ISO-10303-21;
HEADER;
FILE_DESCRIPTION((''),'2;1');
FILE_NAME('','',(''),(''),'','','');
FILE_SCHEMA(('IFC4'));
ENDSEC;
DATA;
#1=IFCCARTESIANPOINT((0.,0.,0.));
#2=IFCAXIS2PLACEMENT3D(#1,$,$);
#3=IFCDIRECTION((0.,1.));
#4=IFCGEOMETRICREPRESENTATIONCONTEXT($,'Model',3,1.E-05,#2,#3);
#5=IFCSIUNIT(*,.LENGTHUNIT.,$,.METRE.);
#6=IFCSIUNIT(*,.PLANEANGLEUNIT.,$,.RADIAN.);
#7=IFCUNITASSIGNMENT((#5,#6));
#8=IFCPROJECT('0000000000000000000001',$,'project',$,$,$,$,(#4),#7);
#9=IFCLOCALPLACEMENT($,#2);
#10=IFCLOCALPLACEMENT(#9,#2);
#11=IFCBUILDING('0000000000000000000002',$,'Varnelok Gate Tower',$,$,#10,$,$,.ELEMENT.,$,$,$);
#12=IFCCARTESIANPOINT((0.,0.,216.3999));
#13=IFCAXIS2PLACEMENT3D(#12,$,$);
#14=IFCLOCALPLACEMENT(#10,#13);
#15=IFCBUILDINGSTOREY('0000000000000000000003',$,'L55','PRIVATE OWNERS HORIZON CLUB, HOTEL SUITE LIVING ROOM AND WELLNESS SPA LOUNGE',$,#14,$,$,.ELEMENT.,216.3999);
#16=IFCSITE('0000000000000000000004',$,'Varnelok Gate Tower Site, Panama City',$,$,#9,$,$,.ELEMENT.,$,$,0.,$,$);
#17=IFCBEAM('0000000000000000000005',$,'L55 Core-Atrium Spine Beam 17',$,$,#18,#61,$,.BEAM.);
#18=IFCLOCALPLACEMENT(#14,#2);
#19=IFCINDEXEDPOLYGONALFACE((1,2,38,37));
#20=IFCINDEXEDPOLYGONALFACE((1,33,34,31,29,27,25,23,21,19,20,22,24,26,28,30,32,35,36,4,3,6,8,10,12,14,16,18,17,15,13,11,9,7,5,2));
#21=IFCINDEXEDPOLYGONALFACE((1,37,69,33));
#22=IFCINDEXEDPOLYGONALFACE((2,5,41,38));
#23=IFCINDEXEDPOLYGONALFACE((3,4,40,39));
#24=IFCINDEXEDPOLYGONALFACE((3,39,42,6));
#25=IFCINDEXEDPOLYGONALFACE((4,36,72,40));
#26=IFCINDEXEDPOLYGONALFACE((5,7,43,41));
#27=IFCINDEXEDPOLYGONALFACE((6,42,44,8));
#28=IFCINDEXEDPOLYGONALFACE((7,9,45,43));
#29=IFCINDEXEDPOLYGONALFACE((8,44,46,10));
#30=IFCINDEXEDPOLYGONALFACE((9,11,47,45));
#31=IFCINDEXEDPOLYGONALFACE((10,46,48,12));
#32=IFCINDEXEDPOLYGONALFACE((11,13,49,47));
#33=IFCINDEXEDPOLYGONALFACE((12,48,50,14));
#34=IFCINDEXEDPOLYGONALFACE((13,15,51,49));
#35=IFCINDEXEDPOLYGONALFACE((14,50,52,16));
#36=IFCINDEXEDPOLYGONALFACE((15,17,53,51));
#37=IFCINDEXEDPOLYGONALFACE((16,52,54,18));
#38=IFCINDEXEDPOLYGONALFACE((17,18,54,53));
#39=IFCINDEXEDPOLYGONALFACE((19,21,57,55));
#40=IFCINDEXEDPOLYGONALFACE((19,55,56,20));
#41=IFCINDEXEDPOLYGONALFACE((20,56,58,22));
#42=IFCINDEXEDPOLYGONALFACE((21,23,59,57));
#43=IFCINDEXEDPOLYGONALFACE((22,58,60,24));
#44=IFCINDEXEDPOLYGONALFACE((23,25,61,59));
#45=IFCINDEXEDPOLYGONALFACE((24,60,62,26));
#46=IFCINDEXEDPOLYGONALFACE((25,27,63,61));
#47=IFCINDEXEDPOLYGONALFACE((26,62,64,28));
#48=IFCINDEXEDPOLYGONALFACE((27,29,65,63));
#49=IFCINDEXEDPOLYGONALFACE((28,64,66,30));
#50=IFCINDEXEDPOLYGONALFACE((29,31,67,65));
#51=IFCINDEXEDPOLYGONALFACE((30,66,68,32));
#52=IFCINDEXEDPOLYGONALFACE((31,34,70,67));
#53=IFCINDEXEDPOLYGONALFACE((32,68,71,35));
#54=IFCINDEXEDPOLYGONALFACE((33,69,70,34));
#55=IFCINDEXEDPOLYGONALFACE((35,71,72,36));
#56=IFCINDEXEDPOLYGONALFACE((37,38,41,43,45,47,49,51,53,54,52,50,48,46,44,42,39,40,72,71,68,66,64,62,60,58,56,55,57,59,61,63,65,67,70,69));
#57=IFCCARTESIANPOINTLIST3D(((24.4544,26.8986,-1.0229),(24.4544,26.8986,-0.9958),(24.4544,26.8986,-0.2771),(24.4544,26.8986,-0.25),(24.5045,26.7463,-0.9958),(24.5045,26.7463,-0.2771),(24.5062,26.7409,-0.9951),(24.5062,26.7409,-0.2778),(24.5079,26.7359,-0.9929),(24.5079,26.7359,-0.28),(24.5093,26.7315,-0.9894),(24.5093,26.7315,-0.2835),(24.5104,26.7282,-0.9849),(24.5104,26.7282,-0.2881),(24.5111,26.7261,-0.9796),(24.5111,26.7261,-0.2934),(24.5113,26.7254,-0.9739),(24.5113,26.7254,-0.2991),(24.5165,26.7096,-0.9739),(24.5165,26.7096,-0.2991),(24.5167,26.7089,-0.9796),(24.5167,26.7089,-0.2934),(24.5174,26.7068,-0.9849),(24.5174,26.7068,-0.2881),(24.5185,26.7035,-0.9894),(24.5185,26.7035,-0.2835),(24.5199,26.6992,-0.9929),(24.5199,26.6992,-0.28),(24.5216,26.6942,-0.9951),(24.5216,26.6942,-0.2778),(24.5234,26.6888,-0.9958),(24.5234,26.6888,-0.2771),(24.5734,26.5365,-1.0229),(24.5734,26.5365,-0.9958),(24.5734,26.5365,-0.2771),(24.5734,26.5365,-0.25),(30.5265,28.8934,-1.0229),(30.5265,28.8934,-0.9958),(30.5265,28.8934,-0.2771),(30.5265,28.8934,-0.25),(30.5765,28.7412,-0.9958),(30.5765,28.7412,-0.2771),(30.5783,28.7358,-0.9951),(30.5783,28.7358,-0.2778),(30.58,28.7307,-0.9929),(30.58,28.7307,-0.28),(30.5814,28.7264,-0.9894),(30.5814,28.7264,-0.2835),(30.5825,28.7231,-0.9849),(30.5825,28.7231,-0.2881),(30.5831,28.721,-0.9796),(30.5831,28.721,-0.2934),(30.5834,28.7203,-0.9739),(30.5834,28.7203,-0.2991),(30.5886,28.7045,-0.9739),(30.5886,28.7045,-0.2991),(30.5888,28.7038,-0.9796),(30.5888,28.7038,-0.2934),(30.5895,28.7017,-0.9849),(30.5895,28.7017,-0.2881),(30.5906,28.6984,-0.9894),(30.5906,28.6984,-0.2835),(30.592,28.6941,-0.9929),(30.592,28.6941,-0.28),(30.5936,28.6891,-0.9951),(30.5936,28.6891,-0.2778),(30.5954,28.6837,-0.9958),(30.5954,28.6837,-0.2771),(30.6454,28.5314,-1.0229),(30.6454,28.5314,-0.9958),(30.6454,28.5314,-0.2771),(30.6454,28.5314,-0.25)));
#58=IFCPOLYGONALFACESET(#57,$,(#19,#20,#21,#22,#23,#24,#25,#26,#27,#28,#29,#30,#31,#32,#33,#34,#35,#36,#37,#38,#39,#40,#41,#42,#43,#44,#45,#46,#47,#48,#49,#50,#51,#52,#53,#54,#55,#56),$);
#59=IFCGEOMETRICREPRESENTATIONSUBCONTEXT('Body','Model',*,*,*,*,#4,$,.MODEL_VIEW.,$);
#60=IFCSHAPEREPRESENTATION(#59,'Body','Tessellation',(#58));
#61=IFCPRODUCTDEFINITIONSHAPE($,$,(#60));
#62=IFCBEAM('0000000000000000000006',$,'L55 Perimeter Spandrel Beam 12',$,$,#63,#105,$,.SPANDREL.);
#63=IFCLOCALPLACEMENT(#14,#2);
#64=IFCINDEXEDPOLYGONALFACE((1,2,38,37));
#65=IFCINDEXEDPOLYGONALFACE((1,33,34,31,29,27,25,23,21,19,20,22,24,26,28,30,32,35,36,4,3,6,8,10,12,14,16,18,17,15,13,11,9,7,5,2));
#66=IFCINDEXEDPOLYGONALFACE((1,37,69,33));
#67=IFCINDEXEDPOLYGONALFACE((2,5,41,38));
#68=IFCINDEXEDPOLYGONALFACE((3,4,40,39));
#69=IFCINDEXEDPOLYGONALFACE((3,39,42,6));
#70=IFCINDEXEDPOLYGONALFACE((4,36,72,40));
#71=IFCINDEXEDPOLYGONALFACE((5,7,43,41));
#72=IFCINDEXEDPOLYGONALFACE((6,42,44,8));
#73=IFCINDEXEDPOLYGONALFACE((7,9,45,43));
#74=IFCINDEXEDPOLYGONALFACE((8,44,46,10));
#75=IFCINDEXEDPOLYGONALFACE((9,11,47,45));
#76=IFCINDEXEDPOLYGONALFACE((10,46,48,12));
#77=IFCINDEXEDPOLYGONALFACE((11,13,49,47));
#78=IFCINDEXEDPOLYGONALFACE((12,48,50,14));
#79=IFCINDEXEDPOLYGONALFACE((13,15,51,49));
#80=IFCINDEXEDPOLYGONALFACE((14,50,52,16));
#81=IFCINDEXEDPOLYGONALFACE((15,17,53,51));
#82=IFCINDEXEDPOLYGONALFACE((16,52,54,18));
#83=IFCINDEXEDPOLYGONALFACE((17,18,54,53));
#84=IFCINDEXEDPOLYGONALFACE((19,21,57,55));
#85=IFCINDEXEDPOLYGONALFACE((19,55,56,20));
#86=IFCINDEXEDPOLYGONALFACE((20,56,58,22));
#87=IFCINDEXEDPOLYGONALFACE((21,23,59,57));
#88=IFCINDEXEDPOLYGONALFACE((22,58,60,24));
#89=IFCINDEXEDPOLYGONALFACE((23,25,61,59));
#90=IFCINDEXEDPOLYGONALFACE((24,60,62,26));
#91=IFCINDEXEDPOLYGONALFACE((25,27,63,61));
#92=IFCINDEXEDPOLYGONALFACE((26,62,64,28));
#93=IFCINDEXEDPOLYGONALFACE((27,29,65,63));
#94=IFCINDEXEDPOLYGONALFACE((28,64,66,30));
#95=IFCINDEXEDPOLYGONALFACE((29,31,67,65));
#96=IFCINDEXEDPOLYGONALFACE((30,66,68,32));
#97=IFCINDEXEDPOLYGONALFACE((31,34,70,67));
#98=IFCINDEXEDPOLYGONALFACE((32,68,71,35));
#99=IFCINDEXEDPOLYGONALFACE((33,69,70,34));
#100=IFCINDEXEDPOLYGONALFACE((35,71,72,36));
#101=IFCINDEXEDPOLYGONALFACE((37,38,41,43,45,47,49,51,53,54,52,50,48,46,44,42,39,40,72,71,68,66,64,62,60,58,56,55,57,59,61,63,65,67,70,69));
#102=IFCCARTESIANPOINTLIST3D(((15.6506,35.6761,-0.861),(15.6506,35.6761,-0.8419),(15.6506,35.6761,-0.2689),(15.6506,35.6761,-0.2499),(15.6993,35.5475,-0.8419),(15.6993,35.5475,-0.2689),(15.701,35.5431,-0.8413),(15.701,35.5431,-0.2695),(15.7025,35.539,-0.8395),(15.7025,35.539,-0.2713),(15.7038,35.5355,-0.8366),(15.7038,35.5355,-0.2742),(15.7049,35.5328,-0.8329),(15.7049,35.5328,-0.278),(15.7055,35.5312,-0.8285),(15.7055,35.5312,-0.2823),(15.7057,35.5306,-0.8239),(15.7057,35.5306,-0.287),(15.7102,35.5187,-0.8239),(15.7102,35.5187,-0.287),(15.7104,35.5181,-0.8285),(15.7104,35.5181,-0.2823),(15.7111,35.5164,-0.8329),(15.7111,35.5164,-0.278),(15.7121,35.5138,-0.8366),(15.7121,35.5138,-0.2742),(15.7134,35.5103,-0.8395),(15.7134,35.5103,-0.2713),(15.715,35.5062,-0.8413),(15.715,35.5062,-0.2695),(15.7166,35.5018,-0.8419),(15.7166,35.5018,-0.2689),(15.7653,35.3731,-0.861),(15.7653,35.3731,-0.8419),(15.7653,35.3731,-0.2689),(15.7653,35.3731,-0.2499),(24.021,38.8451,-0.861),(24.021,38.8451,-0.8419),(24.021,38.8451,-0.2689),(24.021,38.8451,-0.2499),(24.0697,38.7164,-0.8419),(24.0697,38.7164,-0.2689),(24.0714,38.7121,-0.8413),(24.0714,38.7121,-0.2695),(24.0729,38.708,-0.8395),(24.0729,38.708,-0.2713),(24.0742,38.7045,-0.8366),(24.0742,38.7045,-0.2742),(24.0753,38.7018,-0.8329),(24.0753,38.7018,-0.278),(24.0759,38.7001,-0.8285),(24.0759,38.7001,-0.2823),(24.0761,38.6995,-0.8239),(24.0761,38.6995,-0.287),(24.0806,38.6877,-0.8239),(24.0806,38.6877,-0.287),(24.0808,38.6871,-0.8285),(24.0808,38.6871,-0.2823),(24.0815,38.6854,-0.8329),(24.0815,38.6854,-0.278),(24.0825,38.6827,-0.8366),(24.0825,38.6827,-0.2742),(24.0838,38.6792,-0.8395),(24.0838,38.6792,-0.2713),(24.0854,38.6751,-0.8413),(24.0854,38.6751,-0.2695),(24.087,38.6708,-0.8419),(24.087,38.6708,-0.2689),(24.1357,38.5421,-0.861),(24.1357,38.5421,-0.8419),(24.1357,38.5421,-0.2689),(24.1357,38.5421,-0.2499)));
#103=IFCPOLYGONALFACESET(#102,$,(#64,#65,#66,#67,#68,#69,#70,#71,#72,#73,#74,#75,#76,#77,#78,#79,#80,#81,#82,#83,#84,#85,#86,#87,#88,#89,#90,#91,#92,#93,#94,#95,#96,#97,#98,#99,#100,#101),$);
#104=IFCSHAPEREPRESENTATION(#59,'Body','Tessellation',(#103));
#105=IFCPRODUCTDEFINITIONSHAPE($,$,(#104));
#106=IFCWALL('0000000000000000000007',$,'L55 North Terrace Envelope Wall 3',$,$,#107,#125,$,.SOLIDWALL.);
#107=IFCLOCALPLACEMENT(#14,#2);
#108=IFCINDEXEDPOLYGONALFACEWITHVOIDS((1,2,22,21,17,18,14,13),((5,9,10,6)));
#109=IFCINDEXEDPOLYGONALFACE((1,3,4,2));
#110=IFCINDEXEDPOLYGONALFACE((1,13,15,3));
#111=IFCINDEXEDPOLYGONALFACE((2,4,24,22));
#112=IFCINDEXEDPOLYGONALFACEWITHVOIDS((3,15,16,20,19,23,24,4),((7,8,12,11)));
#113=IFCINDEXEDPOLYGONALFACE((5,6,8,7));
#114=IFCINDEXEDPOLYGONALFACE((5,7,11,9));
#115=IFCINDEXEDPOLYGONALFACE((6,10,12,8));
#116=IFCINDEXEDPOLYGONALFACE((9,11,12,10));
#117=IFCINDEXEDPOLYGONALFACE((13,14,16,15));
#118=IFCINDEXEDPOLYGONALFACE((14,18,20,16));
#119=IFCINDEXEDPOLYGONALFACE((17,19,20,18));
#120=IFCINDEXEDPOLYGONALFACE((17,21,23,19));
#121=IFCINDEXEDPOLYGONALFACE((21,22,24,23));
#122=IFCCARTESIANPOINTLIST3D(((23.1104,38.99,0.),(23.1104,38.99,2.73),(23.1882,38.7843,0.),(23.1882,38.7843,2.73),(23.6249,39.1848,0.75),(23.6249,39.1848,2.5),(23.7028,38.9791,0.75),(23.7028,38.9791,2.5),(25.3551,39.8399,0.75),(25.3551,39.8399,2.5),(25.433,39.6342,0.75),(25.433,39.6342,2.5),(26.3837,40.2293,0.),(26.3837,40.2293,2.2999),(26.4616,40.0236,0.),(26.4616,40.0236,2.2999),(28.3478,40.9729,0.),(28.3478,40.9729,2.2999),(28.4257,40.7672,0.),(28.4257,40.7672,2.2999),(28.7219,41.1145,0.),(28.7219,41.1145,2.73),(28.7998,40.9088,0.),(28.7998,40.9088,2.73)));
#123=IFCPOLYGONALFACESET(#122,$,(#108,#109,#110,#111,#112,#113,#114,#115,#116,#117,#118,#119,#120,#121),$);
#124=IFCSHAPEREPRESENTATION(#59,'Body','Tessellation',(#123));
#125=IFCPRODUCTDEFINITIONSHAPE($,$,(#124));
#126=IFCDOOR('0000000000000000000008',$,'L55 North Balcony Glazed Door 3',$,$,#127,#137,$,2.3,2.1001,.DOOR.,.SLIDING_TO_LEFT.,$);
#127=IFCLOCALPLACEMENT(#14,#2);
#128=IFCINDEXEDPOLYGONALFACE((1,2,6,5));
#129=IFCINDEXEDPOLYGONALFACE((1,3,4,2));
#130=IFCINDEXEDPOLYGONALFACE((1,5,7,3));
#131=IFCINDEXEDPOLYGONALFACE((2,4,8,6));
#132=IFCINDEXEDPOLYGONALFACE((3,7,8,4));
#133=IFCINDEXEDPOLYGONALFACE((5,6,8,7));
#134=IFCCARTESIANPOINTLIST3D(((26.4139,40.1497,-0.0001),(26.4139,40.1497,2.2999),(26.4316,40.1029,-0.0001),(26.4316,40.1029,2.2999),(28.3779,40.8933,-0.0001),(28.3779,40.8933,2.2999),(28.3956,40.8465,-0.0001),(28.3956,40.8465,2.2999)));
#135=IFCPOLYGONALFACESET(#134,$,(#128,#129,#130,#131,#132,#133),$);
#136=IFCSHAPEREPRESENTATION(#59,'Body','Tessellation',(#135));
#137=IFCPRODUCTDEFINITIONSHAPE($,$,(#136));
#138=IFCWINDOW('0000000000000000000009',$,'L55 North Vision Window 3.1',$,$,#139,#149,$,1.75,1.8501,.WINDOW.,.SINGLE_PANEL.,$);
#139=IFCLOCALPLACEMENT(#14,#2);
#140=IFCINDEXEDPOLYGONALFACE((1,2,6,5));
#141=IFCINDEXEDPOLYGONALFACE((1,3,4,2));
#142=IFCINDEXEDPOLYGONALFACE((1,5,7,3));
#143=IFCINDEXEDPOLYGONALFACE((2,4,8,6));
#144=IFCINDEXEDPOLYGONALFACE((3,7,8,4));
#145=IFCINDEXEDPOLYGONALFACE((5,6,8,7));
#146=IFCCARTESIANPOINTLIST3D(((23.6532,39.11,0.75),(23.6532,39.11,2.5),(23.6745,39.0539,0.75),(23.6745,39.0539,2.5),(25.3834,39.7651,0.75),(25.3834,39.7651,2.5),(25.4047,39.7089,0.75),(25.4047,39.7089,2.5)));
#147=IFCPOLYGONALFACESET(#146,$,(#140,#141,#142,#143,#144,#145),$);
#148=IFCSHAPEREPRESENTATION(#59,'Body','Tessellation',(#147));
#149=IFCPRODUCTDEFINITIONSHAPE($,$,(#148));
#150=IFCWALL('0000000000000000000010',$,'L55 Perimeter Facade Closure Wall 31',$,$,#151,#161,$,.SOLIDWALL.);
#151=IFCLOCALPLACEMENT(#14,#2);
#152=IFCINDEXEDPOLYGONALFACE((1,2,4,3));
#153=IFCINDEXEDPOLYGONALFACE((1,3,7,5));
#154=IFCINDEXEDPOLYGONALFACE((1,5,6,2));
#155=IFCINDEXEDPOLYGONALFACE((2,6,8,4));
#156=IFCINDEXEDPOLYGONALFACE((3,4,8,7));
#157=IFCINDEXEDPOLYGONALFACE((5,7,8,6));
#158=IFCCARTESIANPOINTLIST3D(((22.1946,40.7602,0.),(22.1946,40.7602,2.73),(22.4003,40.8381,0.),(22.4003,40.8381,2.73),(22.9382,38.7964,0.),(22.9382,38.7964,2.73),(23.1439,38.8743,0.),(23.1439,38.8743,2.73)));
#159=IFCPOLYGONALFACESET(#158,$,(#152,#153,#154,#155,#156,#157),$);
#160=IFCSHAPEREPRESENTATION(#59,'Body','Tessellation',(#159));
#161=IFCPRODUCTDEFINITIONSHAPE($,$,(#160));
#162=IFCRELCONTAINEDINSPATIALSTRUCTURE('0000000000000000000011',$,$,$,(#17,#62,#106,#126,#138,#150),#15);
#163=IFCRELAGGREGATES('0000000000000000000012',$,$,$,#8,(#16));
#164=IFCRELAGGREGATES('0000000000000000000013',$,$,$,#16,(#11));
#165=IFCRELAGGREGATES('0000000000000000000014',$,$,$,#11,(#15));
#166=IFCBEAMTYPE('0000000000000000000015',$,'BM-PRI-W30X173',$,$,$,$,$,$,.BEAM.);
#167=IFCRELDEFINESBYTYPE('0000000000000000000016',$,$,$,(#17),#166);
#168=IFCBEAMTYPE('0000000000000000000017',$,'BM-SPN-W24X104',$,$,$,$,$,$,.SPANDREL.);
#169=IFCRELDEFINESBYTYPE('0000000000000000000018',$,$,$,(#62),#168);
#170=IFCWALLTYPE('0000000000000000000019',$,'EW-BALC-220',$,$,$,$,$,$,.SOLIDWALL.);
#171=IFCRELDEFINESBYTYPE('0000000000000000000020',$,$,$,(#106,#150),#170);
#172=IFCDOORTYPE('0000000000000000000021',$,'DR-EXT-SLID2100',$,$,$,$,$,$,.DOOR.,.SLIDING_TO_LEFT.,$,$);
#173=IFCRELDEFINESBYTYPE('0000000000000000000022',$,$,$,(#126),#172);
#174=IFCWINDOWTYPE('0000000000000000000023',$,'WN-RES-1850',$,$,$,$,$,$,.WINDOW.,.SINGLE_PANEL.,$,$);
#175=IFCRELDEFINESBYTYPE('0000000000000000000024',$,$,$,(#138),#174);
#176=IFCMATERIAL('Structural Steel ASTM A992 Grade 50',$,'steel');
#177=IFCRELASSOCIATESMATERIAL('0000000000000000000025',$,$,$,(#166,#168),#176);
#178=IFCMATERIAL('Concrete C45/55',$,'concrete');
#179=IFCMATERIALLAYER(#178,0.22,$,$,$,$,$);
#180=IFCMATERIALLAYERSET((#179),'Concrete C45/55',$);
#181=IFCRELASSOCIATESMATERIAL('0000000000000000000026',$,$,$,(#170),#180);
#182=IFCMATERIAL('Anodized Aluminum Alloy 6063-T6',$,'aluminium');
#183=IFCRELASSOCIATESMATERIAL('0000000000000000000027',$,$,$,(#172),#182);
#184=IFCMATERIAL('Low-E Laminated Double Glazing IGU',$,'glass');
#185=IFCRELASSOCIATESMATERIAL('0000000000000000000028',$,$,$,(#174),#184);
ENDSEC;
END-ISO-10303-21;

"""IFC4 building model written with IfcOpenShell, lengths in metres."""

from ifc_helpers import new_model, si_unit, direction, frame, frame_2d, origin, origin_2d, place, context, subcontext, project, spatial, rectangle, i_section, extrude, material, layer, layer_set, material_profile, profile_set, type_object, element, fill, save


model = new_model("IFC4")

# Units and contexts
model_context = context("Model", 3, precision=1e-05, world=origin(), true_north=direction((0.0, 1.0)))
body_context = subcontext(model_context, "Body", "Model", "MODEL_VIEW")
ifc_project = project(units=[si_unit("LENGTHUNIT", "METRE"), si_unit("PLANEANGLEUNIT", "RADIAN")], contexts=[model_context])

# Site, building, storey
site_placement = place(None, origin())
site = spatial("IfcSite", under=ifc_project, at=site_placement, Name="Varnelok Gate Tower Site, Panama City", CompositionType="ELEMENT", RefElevation=0.0)
building_placement = place(site_placement, origin())
building = spatial("IfcBuilding", under=site, at=building_placement, Name="Varnelok Gate Tower", CompositionType="ELEMENT")
storey_placement = place(building_placement, frame((0.0, 0.0, 216.3999)))
storey = spatial("IfcBuildingStorey", under=building, at=storey_placement, Name="L55", Description="PRIVATE OWNERS HORIZON CLUB, HOTEL SUITE LIVING ROOM AND WELLNESS SPA LOUNGE", CompositionType="ELEMENT", Elevation=216.3999)

# Shared definitions
ifc_material_1 = material(Name="Structural Steel ASTM A992 Grade 50", Category="steel")

# Beams
ifc_material_profile_1 = material_profile(ifc_material_1, i_section(OverallWidth=0.3811, OverallDepth=0.7729, WebThickness=0.0166, FlangeThickness=0.0271, FilletRadius=0.022, at=origin_2d()), Name="W30X173")
ifc_profile_set_1 = profile_set([ifc_material_profile_1], Name="Structural Steel ASTM A992 Grade 50")
beam_type_1 = type_object("IfcBeamType", Name="BM-PRI-W30X173", PredefinedType="BEAM", material=ifc_profile_set_1)
beam_1_placement = place(storey_placement, frame((24.5139, 26.7175, -0.6365), z_axis=(0.950042, 0.312122, 0.0), x_axis=(-0.312122, 0.950042, 0.0)))
element("IfcBeam", 1, at=beam_1_placement, inside=storey, type_object=beam_type_1, Name="L55 Core-Atrium Spine Beam 17", PredefinedType="BEAM", context=body_context, shape_type="SweptSolid", body=[
    extrude(i_section(OverallWidth=0.3811, OverallDepth=0.7729, WebThickness=0.0166, FlangeThickness=0.0271, FilletRadius=0.022, at=origin_2d()), origin(), (0.0, 0.0, 1.0), 6.3914),
])
ifc_material_profile_2 = material_profile(ifc_material_1, i_section(OverallWidth=0.324, OverallDepth=0.6111, WebThickness=0.0127, FlangeThickness=0.019, FilletRadius=0.0181, at=origin_2d()), Name="W24X104")
ifc_profile_set_2 = profile_set([ifc_material_profile_2], Name="Structural Steel ASTM A992 Grade 50")
beam_type_2 = type_object("IfcBeamType", Name="BM-SPN-W24X104", PredefinedType="SPANDREL", material=ifc_profile_set_2)
beam_2_placement = place(storey_placement, frame((24.0784, 38.6936, -0.5554), z_axis=(-0.93522, -0.354066, 0.0), x_axis=(0.354066, -0.93522, 0.0)))
element("IfcBeam", 2, at=beam_2_placement, inside=storey, type_object=beam_type_2, Name="L55 Perimeter Spandrel Beam 12", PredefinedType="SPANDREL", context=body_context, shape_type="SweptSolid", body=[
    extrude(i_section(OverallWidth=0.324, OverallDepth=0.6111, WebThickness=0.0127, FlangeThickness=0.019, FilletRadius=0.0181, at=origin_2d()), origin(), (0.0, 0.0, 1.0), 8.9502),
])

# Wall, openings, door, window
ifc_material_2 = material(Name="Concrete C45/55", Category="concrete")
ifc_layer_1 = layer(ifc_material_2, 0.22)
ifc_layer_set_1 = layer_set([ifc_layer_1], Name="Concrete C45/55")
wall_type_1 = type_object("IfcWallType", Name="EW-BALC-220", PredefinedType="SOLIDWALL", material=ifc_layer_set_1)
wall_1_placement = place(storey_placement, frame((23.1494, 38.8872, 0.0), z_axis=(0.0, 0.0, 1.0), x_axis=(0.935219, 0.354069, 0.0)))
wall_1 = element("IfcWall", 3, at=wall_1_placement, inside=storey, type_object=wall_type_1, Name="L55 North Terrace Envelope Wall 3", PredefinedType="SOLIDWALL", context=body_context, shape_type="SweptSolid", body=[
    extrude(rectangle(XDim=6.0002, YDim=0.22, at=frame_2d((3.0, 0.0))), origin(), (0.0, 0.0, 1.0), 2.73),
])
opening_1_placement = place(wall_1_placement, frame((3.5, 0.0, 0.0)))
opening_1 = element("IfcOpeningElement", 4, at=opening_1_placement, cuts=wall_1, PredefinedType="OPENING", context=body_context, shape_type="SweptSolid", body=[
    extrude(rectangle(XDim=2.1001, YDim=2.3, at=frame_2d((1.05, 1.1499))), frame((0.0, 0.1199, 0.0), z_axis=(0.0, -1.0, 0.0), x_axis=(1.0, 0.0, 0.0)), (0.0, 0.0, 1.0), 0.24),
])
opening_2_placement = place(wall_1_placement, frame((0.55, 0.0, 0.75)))
opening_2 = element("IfcOpeningElement", 5, at=opening_2_placement, cuts=wall_1, PredefinedType="OPENING", context=body_context, shape_type="SweptSolid", body=[
    extrude(rectangle(XDim=1.8501, YDim=1.75, at=frame_2d((0.925, 0.875))), frame((0.0, 0.1199, 0.0), z_axis=(0.0, -1.0, 0.0), x_axis=(1.0, 0.0, 0.0)), (0.0, 0.0, 1.0), 0.24),
])
ifc_material_3 = material(Name="Anodized Aluminum Alloy 6063-T6", Category="aluminium")
door_type_1 = type_object("IfcDoorType", Name="DR-EXT-SLID2100", OperationType="SLIDING_TO_LEFT", PredefinedType="DOOR", material=ifc_material_3)
door_1_placement = place(opening_1_placement, origin())
door_1 = element("IfcDoor", 6, at=door_1_placement, inside=storey, type_object=door_type_1, Name="L55 North Balcony Glazed Door 3", OperationType="SLIDING_TO_LEFT", OverallHeight=2.3, OverallWidth=2.1001, PredefinedType="DOOR", context=body_context, shape_type="SweptSolid", body=[
    extrude(rectangle(XDim=2.1001, YDim=2.3, at=frame_2d((1.05, 1.1499))), frame((0.0, 0.0249, 0.0), z_axis=(0.0, -1.0, 0.0), x_axis=(1.0, 0.0, 0.0)), (0.0, 0.0, 1.0), 0.05),
])
fill(opening_1, door_1)
ifc_material_4 = material(Name="Low-E Laminated Double Glazing IGU", Category="glass")
window_type_1 = type_object("IfcWindowType", Name="WN-RES-1850", PartitioningType="SINGLE_PANEL", PredefinedType="WINDOW", material=ifc_material_4)
window_1_placement = place(opening_2_placement, origin())
window_1 = element("IfcWindow", 7, at=window_1_placement, inside=storey, type_object=window_type_1, Name="L55 North Vision Window 3.1", OverallHeight=1.75, OverallWidth=1.8501, PartitioningType="SINGLE_PANEL", PredefinedType="WINDOW", context=body_context, shape_type="SweptSolid", body=[
    extrude(rectangle(XDim=1.8501, YDim=1.75, at=frame_2d((0.925, 0.875))), frame((0.0, 0.03, 0.0), z_axis=(0.0, -1.0, 0.0), x_axis=(1.0, 0.0, 0.0)), (0.0, 0.0, 1.0), 0.0601),
])
fill(opening_2, window_1)

# Wall
wall_2_placement = place(storey_placement, frame((23.041, 38.8354, 0.0), z_axis=(0.0, 0.0, 1.0), x_axis=(-0.354128, 0.935197, 0.0)))
element("IfcWall", 8, at=wall_2_placement, inside=storey, type_object=wall_type_1, Name="L55 Perimeter Facade Closure Wall 31", PredefinedType="SOLIDWALL", context=body_context, shape_type="SweptSolid", body=[
    extrude(rectangle(XDim=2.0999, YDim=0.22, at=frame_2d((1.0498, 0.0))), origin(), (0.0, 0.0, 1.0), 2.73),
])

save(model, "model.ifc")
